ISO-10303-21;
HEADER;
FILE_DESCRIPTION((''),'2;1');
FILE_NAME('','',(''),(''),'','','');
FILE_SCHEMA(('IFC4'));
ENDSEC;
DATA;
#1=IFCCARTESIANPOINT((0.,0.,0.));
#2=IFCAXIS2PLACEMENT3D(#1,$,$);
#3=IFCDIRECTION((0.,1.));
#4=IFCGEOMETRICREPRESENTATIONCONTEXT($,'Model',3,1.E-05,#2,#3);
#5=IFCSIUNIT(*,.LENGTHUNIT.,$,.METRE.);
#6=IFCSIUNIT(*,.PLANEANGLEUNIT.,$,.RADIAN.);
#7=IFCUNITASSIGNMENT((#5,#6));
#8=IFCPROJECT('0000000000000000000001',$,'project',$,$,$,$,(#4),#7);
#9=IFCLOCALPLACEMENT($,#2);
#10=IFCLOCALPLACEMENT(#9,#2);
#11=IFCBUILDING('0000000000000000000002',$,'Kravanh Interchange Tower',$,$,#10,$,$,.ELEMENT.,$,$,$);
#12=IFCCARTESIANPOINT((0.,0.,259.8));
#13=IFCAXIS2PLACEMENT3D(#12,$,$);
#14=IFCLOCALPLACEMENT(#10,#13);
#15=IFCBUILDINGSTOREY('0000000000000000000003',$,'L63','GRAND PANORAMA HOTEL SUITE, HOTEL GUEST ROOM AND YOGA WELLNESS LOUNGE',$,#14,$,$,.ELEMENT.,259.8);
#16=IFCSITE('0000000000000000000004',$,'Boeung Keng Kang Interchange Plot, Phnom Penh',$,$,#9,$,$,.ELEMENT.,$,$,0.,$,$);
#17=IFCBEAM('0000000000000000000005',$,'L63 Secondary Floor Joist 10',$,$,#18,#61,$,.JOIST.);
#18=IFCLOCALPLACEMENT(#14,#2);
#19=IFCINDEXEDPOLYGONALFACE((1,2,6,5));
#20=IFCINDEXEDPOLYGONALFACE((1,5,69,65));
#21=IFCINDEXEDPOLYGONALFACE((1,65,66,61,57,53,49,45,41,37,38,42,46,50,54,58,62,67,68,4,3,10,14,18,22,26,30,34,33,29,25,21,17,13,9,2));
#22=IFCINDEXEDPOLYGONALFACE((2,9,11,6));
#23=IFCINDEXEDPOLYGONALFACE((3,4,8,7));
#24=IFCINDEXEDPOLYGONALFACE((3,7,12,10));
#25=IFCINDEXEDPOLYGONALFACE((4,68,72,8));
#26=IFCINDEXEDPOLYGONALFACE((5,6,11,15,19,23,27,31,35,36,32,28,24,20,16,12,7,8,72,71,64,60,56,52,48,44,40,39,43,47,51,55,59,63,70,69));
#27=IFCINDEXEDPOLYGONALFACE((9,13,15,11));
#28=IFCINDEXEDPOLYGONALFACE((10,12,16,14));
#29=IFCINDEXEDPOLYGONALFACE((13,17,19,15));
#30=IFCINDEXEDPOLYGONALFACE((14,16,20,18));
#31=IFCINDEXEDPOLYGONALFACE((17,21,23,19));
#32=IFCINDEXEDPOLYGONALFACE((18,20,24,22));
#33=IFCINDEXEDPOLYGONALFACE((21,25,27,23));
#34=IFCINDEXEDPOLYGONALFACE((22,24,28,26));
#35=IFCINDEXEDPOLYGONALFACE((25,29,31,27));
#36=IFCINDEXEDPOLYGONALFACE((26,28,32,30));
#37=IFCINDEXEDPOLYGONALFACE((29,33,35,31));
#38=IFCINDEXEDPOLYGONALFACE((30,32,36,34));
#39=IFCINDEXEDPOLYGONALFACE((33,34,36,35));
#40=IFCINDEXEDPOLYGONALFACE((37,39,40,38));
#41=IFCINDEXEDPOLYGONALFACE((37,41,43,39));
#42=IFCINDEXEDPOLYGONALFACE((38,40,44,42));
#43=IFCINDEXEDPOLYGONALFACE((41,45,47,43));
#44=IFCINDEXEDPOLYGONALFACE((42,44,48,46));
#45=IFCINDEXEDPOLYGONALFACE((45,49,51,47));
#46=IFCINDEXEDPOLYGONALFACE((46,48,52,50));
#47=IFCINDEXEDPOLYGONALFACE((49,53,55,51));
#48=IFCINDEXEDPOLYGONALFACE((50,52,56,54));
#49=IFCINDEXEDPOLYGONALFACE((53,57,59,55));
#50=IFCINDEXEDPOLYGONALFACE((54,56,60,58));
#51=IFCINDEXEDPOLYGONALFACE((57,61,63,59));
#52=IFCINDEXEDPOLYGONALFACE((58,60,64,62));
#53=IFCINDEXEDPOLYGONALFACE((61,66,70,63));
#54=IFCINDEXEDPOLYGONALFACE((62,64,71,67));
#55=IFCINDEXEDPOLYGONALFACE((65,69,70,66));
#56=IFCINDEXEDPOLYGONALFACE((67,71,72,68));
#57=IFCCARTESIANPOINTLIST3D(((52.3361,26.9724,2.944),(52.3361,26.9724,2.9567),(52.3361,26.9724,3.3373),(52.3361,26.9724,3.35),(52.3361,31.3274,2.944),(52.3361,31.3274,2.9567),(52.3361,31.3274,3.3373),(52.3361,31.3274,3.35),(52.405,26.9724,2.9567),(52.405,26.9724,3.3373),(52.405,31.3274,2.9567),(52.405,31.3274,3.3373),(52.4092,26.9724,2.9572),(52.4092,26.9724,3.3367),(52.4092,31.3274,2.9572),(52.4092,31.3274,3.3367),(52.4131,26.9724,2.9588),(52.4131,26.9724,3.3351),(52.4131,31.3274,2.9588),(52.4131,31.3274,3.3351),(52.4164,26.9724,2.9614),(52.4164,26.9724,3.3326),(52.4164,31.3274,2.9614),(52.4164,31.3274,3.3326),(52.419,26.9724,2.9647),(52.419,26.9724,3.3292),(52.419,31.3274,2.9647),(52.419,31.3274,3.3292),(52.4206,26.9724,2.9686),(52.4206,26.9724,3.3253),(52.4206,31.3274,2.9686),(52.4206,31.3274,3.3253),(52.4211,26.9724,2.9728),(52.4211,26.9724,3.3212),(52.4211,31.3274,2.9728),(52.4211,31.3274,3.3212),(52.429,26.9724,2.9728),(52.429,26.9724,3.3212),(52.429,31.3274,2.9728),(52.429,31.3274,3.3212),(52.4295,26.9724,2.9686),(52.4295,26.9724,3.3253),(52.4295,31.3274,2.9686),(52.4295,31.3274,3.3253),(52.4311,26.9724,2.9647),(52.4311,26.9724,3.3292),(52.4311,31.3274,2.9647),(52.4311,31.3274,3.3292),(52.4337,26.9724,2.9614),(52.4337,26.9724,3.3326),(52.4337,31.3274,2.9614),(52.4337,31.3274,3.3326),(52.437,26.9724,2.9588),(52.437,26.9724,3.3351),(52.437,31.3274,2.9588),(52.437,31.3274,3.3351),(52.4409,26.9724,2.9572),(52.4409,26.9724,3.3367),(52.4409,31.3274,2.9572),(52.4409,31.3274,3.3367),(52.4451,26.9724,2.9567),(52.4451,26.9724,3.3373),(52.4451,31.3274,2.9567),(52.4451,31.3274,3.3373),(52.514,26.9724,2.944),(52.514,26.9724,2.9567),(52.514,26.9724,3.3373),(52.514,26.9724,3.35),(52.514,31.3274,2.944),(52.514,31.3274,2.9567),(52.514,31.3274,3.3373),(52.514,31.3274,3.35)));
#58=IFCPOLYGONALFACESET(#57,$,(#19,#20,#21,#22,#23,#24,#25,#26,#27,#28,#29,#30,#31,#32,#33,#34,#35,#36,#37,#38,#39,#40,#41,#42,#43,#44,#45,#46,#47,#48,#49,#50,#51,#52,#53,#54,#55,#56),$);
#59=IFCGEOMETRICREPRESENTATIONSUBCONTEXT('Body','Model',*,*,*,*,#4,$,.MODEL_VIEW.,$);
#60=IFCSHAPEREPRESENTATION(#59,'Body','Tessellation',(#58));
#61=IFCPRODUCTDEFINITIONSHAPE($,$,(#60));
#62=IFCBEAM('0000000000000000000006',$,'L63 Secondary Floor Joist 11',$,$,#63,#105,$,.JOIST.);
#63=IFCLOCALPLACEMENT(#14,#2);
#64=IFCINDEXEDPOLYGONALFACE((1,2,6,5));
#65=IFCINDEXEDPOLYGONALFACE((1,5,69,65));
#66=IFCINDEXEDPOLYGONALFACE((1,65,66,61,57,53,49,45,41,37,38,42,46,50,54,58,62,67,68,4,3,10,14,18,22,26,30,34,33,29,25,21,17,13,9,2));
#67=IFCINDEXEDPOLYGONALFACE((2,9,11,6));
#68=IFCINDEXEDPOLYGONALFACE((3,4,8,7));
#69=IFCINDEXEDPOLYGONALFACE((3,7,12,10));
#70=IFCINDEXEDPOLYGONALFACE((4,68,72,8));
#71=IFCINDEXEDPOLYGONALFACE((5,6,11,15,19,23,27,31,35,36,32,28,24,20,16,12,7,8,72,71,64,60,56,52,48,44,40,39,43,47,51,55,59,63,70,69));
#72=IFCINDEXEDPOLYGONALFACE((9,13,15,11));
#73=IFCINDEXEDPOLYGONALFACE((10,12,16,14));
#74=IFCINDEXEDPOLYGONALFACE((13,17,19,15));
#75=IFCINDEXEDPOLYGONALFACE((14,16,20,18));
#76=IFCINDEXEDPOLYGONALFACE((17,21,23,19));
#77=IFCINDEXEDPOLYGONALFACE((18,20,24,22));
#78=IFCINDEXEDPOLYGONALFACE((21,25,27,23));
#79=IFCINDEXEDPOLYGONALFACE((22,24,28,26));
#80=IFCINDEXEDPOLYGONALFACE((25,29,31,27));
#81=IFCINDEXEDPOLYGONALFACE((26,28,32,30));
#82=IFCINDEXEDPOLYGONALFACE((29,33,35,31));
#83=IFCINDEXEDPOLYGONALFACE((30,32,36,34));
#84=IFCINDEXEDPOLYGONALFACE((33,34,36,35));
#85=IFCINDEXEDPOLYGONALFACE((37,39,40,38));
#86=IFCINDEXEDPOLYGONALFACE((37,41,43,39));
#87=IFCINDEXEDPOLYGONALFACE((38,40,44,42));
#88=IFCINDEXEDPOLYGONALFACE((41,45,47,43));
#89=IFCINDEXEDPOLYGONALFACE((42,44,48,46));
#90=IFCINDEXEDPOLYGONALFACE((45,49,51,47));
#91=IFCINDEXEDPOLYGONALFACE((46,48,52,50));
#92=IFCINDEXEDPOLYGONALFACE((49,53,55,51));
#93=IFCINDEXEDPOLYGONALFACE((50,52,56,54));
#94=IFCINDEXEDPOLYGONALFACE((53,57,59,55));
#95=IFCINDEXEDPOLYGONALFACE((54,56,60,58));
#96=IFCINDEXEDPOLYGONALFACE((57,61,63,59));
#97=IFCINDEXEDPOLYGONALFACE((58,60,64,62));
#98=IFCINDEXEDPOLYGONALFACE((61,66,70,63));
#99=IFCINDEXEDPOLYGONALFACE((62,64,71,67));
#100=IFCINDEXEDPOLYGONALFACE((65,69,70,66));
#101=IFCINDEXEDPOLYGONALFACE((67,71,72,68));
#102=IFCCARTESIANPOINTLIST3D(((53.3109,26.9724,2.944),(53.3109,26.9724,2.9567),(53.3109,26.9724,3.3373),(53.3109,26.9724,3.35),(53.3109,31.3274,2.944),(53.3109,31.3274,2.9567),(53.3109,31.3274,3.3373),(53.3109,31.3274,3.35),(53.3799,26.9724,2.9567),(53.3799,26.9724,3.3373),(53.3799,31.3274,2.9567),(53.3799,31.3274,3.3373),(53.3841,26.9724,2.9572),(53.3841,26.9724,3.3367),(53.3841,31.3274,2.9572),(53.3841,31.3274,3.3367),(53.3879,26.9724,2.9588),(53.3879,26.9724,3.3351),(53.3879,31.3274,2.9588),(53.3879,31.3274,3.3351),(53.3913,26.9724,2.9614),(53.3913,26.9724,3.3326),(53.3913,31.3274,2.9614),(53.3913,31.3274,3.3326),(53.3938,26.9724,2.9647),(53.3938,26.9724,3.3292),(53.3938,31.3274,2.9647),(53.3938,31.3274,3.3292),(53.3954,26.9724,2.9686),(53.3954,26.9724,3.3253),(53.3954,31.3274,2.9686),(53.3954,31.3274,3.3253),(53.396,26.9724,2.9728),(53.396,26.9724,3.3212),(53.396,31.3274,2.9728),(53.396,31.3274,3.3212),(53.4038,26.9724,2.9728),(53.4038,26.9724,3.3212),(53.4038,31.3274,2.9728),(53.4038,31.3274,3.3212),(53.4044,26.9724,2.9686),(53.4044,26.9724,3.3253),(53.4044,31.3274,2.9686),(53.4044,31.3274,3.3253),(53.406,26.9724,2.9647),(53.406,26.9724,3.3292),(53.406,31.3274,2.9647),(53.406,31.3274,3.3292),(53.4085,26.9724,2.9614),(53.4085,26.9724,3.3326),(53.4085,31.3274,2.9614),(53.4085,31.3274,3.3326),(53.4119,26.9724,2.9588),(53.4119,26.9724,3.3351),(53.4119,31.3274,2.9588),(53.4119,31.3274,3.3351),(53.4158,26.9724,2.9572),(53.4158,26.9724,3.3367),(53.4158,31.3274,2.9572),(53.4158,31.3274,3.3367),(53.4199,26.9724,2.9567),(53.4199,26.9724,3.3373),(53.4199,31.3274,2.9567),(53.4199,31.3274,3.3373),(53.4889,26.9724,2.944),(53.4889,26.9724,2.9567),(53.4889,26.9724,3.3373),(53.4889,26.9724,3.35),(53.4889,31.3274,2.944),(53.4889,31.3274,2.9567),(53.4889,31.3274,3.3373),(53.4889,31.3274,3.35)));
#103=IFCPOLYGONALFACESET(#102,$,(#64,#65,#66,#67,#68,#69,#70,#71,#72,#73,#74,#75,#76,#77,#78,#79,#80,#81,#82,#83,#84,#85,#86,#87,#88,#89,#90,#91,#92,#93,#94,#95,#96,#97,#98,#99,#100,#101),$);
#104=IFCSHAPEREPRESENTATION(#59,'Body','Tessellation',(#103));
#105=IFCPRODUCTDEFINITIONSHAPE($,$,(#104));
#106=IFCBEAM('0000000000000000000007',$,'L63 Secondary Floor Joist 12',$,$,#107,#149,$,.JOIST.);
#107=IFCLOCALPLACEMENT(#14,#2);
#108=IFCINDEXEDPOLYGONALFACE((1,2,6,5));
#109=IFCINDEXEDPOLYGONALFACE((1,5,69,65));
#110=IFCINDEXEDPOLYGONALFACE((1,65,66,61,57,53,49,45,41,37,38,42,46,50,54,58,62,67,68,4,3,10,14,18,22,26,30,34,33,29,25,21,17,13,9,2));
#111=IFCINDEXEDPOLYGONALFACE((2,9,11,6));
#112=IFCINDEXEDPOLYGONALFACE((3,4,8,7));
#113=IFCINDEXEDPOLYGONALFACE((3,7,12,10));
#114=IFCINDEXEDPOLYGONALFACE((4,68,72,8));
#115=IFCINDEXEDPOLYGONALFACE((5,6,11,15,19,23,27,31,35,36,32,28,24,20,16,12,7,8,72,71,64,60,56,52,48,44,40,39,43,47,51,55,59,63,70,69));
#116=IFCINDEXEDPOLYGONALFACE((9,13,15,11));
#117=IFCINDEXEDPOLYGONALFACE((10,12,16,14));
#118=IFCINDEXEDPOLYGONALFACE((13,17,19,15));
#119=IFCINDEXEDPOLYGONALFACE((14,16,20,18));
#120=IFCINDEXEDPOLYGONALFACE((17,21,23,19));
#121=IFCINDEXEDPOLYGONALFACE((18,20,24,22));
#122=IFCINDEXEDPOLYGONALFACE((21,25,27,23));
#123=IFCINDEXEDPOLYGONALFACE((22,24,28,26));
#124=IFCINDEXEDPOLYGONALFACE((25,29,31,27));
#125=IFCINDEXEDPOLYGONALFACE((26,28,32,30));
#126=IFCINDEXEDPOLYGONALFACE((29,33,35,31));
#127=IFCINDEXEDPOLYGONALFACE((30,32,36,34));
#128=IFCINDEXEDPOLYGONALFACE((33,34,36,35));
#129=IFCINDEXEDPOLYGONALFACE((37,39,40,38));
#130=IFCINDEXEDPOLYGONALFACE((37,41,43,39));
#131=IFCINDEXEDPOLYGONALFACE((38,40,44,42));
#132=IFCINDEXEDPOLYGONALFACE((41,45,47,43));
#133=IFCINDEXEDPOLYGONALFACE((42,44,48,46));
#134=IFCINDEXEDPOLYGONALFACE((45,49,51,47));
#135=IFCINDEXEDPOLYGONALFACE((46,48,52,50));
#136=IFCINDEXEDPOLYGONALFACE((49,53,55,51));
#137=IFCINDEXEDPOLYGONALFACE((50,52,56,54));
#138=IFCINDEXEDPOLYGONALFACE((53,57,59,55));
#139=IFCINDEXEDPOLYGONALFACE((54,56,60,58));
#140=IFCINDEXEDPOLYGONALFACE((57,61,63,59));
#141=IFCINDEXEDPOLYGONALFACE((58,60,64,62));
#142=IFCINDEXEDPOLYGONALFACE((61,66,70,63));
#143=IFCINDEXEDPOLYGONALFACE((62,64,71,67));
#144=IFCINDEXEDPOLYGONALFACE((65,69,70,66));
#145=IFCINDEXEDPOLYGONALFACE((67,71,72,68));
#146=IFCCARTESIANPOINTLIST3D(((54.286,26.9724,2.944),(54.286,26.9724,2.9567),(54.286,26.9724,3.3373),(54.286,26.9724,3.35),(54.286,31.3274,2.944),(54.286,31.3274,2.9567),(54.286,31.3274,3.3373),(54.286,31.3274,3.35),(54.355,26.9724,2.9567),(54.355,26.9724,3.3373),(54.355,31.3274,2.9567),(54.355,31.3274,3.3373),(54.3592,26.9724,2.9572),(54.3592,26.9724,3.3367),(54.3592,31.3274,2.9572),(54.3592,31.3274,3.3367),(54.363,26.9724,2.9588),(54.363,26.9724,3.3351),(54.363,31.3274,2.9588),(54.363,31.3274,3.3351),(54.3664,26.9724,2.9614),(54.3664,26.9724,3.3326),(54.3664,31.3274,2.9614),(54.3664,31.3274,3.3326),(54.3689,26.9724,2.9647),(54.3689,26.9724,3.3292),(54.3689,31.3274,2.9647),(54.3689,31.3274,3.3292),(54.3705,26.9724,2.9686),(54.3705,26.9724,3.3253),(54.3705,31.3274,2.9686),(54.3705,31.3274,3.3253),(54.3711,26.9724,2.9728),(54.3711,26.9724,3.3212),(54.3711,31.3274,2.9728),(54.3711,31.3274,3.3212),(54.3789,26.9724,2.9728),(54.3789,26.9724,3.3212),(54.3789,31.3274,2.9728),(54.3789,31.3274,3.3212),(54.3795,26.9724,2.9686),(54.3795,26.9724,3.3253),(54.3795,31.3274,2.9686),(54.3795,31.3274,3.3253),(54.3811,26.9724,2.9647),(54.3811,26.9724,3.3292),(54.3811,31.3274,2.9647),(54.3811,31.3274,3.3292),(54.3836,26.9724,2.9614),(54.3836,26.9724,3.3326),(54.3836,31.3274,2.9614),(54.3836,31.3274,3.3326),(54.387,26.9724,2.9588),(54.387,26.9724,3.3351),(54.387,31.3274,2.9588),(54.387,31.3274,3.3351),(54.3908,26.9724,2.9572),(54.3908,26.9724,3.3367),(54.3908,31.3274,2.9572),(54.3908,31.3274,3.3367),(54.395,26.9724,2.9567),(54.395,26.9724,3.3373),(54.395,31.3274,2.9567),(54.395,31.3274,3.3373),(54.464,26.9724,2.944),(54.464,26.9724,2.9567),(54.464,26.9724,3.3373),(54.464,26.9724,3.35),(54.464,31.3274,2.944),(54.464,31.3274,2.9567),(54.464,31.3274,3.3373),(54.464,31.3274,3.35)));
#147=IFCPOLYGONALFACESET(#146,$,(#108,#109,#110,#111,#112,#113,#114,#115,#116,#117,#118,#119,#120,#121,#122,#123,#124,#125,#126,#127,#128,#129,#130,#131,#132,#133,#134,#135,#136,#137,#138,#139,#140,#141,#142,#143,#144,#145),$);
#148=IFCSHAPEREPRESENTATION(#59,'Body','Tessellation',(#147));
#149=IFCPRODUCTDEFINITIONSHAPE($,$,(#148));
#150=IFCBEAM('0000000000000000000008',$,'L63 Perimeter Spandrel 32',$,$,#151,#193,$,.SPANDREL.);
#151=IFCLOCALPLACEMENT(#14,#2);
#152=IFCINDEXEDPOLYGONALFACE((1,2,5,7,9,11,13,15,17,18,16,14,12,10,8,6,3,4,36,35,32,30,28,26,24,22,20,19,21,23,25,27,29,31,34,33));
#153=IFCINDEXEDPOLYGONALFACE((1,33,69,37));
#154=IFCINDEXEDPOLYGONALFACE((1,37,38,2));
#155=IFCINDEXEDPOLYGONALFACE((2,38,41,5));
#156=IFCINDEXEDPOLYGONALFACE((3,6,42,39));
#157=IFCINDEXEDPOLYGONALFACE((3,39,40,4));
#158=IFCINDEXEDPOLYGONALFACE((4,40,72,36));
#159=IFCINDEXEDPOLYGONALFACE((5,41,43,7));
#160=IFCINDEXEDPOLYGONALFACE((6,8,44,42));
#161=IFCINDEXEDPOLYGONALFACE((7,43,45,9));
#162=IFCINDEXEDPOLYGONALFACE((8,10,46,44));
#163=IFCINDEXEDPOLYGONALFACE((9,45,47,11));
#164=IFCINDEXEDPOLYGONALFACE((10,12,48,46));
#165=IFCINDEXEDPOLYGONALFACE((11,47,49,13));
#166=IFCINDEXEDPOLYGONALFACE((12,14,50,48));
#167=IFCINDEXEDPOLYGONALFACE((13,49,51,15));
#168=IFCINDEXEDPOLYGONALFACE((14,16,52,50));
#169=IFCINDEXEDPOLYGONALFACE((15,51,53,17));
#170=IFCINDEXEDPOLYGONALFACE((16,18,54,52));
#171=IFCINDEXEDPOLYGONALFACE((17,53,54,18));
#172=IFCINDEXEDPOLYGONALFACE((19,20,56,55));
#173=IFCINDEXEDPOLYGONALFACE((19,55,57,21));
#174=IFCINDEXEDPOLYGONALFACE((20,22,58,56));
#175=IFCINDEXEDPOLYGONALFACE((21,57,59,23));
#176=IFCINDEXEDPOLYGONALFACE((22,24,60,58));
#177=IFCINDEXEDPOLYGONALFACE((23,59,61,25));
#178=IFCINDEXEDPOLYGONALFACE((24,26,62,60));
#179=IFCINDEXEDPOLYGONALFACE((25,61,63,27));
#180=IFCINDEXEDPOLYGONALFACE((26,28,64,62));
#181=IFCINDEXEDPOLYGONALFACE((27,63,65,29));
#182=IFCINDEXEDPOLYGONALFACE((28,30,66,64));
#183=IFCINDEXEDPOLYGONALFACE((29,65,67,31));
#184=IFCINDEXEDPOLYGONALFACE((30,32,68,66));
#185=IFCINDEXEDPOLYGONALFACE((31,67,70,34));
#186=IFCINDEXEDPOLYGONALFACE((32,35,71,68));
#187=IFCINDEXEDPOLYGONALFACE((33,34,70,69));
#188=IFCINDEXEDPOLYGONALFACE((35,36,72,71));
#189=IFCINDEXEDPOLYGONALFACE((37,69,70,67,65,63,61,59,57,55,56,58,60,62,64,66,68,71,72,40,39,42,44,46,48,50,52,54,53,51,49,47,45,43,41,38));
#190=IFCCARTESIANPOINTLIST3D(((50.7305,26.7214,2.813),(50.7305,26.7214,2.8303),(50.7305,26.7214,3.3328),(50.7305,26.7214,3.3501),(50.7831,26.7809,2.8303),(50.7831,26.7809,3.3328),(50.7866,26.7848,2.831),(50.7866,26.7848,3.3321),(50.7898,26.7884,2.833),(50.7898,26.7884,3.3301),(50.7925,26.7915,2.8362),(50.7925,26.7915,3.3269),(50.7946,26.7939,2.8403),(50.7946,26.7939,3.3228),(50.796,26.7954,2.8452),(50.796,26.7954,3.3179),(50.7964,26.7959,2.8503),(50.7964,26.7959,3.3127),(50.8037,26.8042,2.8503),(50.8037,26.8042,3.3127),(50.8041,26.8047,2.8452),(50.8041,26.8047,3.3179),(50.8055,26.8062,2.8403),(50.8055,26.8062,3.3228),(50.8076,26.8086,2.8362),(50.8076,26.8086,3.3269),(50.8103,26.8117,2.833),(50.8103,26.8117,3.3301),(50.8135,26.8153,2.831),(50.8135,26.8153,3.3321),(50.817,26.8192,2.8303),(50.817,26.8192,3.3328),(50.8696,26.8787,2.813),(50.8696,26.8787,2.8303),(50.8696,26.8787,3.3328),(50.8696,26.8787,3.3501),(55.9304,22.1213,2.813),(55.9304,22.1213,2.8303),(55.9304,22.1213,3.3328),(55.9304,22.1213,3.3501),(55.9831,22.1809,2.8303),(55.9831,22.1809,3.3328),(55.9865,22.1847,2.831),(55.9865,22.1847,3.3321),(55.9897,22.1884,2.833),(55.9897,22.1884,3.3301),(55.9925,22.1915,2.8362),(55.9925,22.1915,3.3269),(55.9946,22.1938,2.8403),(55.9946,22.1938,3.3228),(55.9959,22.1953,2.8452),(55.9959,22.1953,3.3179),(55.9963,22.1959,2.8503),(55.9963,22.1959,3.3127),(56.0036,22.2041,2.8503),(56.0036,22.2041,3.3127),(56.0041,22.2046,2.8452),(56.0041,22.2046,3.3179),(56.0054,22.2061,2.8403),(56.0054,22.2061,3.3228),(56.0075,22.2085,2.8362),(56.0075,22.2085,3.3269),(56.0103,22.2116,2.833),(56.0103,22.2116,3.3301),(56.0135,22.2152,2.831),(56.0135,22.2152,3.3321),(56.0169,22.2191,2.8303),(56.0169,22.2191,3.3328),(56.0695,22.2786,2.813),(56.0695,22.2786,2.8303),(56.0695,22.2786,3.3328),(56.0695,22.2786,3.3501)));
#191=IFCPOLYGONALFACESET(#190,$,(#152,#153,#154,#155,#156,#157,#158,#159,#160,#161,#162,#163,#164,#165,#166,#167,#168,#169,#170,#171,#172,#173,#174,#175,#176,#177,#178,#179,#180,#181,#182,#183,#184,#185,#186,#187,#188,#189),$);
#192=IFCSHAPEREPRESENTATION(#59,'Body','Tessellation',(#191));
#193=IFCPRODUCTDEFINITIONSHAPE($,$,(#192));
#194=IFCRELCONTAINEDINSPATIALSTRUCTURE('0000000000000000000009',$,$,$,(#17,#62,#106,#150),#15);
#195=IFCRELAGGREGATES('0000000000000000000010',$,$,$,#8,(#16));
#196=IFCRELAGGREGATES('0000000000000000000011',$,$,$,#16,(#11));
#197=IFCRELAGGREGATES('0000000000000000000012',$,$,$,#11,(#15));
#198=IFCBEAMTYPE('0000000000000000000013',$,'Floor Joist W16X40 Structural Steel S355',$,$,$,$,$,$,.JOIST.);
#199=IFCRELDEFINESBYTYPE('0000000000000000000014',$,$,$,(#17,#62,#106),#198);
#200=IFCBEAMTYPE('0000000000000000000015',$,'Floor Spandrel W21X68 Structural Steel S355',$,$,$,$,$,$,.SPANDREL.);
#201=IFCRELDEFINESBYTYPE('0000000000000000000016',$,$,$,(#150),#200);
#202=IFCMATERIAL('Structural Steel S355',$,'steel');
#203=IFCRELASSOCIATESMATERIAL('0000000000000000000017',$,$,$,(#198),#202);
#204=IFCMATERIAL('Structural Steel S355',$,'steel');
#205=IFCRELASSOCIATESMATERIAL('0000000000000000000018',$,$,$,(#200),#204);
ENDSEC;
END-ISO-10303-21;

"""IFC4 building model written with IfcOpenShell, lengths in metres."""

from ifc_helpers import new_model, si_unit, direction, frame, origin, origin_2d, place, context, subcontext, project, spatial, i_section, extrude, material, material_profile, profile_set, type_object, element, save


model = new_model("IFC4")

# Units and contexts
model_context = context("Model", 3, precision=1e-05, world=origin(), true_north=direction((0.0, 1.0)))
body_context = subcontext(model_context, "Body", "Model", "MODEL_VIEW")
ifc_project = project(units=[si_unit("LENGTHUNIT", "METRE"), si_unit("PLANEANGLEUNIT", "RADIAN")], contexts=[model_context])

# Site, building, storey
site_placement = place(None, origin())
site = spatial("IfcSite", under=ifc_project, at=site_placement, Name="Boeung Keng Kang Interchange Plot, Phnom Penh", CompositionType="ELEMENT", RefElevation=0.0)
building_placement = place(site_placement, origin())
building = spatial("IfcBuilding", under=site, at=building_placement, Name="Kravanh Interchange Tower", CompositionType="ELEMENT")
storey_placement = place(building_placement, frame((0.0, 0.0, 259.8)))
storey = spatial("IfcBuildingStorey", under=building, at=storey_placement, Name="L63", Description="GRAND PANORAMA HOTEL SUITE, HOTEL GUEST ROOM AND YOGA WELLNESS LOUNGE", CompositionType="ELEMENT", Elevation=259.8)

# Beams
ifc_material_1 = material(Name="Structural Steel S355", Category="steel")
ifc_material_profile_1 = material_profile(ifc_material_1, i_section(OverallWidth=0.178, OverallDepth=0.406, WebThickness=0.0078, FlangeThickness=0.0127, FilletRadius=0.0161, at=origin_2d()), Name="W16X40")
ifc_profile_set_1 = profile_set([ifc_material_profile_1], Name="Structural Steel S355")
beam_type_1 = type_object("IfcBeamType", Name="Floor Joist W16X40 Structural Steel S355", PredefinedType="JOIST", material=ifc_profile_set_1)
for number, where, z_axis, x_axis, name in (
    (1, (52.425, 26.9724, 3.147), (0.0, 1.0, 0.0), (-1.0, 0.0, 0.0), "L63 Secondary Floor Joist 10"),
    (2, (53.3999, 26.9724, 3.147), (0.0, 1.0, 0.0), (-1.0, 0.0, 0.0), "L63 Secondary Floor Joist 11"),
    (3, (54.375, 26.9724, 3.147), (0.0, 1.0, 0.0), (-1.0, 0.0, 0.0), "L63 Secondary Floor Joist 12"),
):
    element("IfcBeam", number, at=place(storey_placement, frame(where, z_axis=z_axis, x_axis=x_axis)), inside=storey, type_object=beam_type_1, Name=name, PredefinedType="JOIST", context=body_context, shape_type="SweptSolid", body=[
        extrude(i_section(OverallWidth=0.178, OverallDepth=0.406, WebThickness=0.0078, FlangeThickness=0.0127, FilletRadius=0.0161, at=origin_2d()), origin(), (0.0, 0.0, 1.0), 4.355),
    ])
ifc_material_2 = material(Name="Structural Steel S355", Category="steel")
ifc_material_profile_2 = material_profile(ifc_material_2, i_section(OverallWidth=0.21, OverallDepth=0.5371, WebThickness=0.011, FlangeThickness=0.0173, FilletRadius=0.02, at=origin_2d()), Name="W21X68")
ifc_profile_set_2 = profile_set([ifc_material_profile_2], Name="Structural Steel S355")
beam_type_2 = type_object("IfcBeamType", Name="Floor Spandrel W21X68 Structural Steel S355", PredefinedType="SPANDREL", material=ifc_profile_set_2)
beam_1_placement = place(storey_placement, frame((50.8, 26.8, 3.0815), z_axis=(0.748986, -0.662585, 0.0), x_axis=(0.662585, 0.748986, 0.0)))
element("IfcBeam", 4, at=beam_1_placement, inside=storey, type_object=beam_type_2, Name="L63 Perimeter Spandrel 32", PredefinedType="SPANDREL", context=body_context, shape_type="SweptSolid", body=[
    extrude(i_section(OverallWidth=0.21, OverallDepth=0.5371, WebThickness=0.011, FlangeThickness=0.0173, FilletRadius=0.02, at=origin_2d()), origin(), (0.0, 0.0, 1.0), 6.9426),
])

save(model, "model.ifc")
